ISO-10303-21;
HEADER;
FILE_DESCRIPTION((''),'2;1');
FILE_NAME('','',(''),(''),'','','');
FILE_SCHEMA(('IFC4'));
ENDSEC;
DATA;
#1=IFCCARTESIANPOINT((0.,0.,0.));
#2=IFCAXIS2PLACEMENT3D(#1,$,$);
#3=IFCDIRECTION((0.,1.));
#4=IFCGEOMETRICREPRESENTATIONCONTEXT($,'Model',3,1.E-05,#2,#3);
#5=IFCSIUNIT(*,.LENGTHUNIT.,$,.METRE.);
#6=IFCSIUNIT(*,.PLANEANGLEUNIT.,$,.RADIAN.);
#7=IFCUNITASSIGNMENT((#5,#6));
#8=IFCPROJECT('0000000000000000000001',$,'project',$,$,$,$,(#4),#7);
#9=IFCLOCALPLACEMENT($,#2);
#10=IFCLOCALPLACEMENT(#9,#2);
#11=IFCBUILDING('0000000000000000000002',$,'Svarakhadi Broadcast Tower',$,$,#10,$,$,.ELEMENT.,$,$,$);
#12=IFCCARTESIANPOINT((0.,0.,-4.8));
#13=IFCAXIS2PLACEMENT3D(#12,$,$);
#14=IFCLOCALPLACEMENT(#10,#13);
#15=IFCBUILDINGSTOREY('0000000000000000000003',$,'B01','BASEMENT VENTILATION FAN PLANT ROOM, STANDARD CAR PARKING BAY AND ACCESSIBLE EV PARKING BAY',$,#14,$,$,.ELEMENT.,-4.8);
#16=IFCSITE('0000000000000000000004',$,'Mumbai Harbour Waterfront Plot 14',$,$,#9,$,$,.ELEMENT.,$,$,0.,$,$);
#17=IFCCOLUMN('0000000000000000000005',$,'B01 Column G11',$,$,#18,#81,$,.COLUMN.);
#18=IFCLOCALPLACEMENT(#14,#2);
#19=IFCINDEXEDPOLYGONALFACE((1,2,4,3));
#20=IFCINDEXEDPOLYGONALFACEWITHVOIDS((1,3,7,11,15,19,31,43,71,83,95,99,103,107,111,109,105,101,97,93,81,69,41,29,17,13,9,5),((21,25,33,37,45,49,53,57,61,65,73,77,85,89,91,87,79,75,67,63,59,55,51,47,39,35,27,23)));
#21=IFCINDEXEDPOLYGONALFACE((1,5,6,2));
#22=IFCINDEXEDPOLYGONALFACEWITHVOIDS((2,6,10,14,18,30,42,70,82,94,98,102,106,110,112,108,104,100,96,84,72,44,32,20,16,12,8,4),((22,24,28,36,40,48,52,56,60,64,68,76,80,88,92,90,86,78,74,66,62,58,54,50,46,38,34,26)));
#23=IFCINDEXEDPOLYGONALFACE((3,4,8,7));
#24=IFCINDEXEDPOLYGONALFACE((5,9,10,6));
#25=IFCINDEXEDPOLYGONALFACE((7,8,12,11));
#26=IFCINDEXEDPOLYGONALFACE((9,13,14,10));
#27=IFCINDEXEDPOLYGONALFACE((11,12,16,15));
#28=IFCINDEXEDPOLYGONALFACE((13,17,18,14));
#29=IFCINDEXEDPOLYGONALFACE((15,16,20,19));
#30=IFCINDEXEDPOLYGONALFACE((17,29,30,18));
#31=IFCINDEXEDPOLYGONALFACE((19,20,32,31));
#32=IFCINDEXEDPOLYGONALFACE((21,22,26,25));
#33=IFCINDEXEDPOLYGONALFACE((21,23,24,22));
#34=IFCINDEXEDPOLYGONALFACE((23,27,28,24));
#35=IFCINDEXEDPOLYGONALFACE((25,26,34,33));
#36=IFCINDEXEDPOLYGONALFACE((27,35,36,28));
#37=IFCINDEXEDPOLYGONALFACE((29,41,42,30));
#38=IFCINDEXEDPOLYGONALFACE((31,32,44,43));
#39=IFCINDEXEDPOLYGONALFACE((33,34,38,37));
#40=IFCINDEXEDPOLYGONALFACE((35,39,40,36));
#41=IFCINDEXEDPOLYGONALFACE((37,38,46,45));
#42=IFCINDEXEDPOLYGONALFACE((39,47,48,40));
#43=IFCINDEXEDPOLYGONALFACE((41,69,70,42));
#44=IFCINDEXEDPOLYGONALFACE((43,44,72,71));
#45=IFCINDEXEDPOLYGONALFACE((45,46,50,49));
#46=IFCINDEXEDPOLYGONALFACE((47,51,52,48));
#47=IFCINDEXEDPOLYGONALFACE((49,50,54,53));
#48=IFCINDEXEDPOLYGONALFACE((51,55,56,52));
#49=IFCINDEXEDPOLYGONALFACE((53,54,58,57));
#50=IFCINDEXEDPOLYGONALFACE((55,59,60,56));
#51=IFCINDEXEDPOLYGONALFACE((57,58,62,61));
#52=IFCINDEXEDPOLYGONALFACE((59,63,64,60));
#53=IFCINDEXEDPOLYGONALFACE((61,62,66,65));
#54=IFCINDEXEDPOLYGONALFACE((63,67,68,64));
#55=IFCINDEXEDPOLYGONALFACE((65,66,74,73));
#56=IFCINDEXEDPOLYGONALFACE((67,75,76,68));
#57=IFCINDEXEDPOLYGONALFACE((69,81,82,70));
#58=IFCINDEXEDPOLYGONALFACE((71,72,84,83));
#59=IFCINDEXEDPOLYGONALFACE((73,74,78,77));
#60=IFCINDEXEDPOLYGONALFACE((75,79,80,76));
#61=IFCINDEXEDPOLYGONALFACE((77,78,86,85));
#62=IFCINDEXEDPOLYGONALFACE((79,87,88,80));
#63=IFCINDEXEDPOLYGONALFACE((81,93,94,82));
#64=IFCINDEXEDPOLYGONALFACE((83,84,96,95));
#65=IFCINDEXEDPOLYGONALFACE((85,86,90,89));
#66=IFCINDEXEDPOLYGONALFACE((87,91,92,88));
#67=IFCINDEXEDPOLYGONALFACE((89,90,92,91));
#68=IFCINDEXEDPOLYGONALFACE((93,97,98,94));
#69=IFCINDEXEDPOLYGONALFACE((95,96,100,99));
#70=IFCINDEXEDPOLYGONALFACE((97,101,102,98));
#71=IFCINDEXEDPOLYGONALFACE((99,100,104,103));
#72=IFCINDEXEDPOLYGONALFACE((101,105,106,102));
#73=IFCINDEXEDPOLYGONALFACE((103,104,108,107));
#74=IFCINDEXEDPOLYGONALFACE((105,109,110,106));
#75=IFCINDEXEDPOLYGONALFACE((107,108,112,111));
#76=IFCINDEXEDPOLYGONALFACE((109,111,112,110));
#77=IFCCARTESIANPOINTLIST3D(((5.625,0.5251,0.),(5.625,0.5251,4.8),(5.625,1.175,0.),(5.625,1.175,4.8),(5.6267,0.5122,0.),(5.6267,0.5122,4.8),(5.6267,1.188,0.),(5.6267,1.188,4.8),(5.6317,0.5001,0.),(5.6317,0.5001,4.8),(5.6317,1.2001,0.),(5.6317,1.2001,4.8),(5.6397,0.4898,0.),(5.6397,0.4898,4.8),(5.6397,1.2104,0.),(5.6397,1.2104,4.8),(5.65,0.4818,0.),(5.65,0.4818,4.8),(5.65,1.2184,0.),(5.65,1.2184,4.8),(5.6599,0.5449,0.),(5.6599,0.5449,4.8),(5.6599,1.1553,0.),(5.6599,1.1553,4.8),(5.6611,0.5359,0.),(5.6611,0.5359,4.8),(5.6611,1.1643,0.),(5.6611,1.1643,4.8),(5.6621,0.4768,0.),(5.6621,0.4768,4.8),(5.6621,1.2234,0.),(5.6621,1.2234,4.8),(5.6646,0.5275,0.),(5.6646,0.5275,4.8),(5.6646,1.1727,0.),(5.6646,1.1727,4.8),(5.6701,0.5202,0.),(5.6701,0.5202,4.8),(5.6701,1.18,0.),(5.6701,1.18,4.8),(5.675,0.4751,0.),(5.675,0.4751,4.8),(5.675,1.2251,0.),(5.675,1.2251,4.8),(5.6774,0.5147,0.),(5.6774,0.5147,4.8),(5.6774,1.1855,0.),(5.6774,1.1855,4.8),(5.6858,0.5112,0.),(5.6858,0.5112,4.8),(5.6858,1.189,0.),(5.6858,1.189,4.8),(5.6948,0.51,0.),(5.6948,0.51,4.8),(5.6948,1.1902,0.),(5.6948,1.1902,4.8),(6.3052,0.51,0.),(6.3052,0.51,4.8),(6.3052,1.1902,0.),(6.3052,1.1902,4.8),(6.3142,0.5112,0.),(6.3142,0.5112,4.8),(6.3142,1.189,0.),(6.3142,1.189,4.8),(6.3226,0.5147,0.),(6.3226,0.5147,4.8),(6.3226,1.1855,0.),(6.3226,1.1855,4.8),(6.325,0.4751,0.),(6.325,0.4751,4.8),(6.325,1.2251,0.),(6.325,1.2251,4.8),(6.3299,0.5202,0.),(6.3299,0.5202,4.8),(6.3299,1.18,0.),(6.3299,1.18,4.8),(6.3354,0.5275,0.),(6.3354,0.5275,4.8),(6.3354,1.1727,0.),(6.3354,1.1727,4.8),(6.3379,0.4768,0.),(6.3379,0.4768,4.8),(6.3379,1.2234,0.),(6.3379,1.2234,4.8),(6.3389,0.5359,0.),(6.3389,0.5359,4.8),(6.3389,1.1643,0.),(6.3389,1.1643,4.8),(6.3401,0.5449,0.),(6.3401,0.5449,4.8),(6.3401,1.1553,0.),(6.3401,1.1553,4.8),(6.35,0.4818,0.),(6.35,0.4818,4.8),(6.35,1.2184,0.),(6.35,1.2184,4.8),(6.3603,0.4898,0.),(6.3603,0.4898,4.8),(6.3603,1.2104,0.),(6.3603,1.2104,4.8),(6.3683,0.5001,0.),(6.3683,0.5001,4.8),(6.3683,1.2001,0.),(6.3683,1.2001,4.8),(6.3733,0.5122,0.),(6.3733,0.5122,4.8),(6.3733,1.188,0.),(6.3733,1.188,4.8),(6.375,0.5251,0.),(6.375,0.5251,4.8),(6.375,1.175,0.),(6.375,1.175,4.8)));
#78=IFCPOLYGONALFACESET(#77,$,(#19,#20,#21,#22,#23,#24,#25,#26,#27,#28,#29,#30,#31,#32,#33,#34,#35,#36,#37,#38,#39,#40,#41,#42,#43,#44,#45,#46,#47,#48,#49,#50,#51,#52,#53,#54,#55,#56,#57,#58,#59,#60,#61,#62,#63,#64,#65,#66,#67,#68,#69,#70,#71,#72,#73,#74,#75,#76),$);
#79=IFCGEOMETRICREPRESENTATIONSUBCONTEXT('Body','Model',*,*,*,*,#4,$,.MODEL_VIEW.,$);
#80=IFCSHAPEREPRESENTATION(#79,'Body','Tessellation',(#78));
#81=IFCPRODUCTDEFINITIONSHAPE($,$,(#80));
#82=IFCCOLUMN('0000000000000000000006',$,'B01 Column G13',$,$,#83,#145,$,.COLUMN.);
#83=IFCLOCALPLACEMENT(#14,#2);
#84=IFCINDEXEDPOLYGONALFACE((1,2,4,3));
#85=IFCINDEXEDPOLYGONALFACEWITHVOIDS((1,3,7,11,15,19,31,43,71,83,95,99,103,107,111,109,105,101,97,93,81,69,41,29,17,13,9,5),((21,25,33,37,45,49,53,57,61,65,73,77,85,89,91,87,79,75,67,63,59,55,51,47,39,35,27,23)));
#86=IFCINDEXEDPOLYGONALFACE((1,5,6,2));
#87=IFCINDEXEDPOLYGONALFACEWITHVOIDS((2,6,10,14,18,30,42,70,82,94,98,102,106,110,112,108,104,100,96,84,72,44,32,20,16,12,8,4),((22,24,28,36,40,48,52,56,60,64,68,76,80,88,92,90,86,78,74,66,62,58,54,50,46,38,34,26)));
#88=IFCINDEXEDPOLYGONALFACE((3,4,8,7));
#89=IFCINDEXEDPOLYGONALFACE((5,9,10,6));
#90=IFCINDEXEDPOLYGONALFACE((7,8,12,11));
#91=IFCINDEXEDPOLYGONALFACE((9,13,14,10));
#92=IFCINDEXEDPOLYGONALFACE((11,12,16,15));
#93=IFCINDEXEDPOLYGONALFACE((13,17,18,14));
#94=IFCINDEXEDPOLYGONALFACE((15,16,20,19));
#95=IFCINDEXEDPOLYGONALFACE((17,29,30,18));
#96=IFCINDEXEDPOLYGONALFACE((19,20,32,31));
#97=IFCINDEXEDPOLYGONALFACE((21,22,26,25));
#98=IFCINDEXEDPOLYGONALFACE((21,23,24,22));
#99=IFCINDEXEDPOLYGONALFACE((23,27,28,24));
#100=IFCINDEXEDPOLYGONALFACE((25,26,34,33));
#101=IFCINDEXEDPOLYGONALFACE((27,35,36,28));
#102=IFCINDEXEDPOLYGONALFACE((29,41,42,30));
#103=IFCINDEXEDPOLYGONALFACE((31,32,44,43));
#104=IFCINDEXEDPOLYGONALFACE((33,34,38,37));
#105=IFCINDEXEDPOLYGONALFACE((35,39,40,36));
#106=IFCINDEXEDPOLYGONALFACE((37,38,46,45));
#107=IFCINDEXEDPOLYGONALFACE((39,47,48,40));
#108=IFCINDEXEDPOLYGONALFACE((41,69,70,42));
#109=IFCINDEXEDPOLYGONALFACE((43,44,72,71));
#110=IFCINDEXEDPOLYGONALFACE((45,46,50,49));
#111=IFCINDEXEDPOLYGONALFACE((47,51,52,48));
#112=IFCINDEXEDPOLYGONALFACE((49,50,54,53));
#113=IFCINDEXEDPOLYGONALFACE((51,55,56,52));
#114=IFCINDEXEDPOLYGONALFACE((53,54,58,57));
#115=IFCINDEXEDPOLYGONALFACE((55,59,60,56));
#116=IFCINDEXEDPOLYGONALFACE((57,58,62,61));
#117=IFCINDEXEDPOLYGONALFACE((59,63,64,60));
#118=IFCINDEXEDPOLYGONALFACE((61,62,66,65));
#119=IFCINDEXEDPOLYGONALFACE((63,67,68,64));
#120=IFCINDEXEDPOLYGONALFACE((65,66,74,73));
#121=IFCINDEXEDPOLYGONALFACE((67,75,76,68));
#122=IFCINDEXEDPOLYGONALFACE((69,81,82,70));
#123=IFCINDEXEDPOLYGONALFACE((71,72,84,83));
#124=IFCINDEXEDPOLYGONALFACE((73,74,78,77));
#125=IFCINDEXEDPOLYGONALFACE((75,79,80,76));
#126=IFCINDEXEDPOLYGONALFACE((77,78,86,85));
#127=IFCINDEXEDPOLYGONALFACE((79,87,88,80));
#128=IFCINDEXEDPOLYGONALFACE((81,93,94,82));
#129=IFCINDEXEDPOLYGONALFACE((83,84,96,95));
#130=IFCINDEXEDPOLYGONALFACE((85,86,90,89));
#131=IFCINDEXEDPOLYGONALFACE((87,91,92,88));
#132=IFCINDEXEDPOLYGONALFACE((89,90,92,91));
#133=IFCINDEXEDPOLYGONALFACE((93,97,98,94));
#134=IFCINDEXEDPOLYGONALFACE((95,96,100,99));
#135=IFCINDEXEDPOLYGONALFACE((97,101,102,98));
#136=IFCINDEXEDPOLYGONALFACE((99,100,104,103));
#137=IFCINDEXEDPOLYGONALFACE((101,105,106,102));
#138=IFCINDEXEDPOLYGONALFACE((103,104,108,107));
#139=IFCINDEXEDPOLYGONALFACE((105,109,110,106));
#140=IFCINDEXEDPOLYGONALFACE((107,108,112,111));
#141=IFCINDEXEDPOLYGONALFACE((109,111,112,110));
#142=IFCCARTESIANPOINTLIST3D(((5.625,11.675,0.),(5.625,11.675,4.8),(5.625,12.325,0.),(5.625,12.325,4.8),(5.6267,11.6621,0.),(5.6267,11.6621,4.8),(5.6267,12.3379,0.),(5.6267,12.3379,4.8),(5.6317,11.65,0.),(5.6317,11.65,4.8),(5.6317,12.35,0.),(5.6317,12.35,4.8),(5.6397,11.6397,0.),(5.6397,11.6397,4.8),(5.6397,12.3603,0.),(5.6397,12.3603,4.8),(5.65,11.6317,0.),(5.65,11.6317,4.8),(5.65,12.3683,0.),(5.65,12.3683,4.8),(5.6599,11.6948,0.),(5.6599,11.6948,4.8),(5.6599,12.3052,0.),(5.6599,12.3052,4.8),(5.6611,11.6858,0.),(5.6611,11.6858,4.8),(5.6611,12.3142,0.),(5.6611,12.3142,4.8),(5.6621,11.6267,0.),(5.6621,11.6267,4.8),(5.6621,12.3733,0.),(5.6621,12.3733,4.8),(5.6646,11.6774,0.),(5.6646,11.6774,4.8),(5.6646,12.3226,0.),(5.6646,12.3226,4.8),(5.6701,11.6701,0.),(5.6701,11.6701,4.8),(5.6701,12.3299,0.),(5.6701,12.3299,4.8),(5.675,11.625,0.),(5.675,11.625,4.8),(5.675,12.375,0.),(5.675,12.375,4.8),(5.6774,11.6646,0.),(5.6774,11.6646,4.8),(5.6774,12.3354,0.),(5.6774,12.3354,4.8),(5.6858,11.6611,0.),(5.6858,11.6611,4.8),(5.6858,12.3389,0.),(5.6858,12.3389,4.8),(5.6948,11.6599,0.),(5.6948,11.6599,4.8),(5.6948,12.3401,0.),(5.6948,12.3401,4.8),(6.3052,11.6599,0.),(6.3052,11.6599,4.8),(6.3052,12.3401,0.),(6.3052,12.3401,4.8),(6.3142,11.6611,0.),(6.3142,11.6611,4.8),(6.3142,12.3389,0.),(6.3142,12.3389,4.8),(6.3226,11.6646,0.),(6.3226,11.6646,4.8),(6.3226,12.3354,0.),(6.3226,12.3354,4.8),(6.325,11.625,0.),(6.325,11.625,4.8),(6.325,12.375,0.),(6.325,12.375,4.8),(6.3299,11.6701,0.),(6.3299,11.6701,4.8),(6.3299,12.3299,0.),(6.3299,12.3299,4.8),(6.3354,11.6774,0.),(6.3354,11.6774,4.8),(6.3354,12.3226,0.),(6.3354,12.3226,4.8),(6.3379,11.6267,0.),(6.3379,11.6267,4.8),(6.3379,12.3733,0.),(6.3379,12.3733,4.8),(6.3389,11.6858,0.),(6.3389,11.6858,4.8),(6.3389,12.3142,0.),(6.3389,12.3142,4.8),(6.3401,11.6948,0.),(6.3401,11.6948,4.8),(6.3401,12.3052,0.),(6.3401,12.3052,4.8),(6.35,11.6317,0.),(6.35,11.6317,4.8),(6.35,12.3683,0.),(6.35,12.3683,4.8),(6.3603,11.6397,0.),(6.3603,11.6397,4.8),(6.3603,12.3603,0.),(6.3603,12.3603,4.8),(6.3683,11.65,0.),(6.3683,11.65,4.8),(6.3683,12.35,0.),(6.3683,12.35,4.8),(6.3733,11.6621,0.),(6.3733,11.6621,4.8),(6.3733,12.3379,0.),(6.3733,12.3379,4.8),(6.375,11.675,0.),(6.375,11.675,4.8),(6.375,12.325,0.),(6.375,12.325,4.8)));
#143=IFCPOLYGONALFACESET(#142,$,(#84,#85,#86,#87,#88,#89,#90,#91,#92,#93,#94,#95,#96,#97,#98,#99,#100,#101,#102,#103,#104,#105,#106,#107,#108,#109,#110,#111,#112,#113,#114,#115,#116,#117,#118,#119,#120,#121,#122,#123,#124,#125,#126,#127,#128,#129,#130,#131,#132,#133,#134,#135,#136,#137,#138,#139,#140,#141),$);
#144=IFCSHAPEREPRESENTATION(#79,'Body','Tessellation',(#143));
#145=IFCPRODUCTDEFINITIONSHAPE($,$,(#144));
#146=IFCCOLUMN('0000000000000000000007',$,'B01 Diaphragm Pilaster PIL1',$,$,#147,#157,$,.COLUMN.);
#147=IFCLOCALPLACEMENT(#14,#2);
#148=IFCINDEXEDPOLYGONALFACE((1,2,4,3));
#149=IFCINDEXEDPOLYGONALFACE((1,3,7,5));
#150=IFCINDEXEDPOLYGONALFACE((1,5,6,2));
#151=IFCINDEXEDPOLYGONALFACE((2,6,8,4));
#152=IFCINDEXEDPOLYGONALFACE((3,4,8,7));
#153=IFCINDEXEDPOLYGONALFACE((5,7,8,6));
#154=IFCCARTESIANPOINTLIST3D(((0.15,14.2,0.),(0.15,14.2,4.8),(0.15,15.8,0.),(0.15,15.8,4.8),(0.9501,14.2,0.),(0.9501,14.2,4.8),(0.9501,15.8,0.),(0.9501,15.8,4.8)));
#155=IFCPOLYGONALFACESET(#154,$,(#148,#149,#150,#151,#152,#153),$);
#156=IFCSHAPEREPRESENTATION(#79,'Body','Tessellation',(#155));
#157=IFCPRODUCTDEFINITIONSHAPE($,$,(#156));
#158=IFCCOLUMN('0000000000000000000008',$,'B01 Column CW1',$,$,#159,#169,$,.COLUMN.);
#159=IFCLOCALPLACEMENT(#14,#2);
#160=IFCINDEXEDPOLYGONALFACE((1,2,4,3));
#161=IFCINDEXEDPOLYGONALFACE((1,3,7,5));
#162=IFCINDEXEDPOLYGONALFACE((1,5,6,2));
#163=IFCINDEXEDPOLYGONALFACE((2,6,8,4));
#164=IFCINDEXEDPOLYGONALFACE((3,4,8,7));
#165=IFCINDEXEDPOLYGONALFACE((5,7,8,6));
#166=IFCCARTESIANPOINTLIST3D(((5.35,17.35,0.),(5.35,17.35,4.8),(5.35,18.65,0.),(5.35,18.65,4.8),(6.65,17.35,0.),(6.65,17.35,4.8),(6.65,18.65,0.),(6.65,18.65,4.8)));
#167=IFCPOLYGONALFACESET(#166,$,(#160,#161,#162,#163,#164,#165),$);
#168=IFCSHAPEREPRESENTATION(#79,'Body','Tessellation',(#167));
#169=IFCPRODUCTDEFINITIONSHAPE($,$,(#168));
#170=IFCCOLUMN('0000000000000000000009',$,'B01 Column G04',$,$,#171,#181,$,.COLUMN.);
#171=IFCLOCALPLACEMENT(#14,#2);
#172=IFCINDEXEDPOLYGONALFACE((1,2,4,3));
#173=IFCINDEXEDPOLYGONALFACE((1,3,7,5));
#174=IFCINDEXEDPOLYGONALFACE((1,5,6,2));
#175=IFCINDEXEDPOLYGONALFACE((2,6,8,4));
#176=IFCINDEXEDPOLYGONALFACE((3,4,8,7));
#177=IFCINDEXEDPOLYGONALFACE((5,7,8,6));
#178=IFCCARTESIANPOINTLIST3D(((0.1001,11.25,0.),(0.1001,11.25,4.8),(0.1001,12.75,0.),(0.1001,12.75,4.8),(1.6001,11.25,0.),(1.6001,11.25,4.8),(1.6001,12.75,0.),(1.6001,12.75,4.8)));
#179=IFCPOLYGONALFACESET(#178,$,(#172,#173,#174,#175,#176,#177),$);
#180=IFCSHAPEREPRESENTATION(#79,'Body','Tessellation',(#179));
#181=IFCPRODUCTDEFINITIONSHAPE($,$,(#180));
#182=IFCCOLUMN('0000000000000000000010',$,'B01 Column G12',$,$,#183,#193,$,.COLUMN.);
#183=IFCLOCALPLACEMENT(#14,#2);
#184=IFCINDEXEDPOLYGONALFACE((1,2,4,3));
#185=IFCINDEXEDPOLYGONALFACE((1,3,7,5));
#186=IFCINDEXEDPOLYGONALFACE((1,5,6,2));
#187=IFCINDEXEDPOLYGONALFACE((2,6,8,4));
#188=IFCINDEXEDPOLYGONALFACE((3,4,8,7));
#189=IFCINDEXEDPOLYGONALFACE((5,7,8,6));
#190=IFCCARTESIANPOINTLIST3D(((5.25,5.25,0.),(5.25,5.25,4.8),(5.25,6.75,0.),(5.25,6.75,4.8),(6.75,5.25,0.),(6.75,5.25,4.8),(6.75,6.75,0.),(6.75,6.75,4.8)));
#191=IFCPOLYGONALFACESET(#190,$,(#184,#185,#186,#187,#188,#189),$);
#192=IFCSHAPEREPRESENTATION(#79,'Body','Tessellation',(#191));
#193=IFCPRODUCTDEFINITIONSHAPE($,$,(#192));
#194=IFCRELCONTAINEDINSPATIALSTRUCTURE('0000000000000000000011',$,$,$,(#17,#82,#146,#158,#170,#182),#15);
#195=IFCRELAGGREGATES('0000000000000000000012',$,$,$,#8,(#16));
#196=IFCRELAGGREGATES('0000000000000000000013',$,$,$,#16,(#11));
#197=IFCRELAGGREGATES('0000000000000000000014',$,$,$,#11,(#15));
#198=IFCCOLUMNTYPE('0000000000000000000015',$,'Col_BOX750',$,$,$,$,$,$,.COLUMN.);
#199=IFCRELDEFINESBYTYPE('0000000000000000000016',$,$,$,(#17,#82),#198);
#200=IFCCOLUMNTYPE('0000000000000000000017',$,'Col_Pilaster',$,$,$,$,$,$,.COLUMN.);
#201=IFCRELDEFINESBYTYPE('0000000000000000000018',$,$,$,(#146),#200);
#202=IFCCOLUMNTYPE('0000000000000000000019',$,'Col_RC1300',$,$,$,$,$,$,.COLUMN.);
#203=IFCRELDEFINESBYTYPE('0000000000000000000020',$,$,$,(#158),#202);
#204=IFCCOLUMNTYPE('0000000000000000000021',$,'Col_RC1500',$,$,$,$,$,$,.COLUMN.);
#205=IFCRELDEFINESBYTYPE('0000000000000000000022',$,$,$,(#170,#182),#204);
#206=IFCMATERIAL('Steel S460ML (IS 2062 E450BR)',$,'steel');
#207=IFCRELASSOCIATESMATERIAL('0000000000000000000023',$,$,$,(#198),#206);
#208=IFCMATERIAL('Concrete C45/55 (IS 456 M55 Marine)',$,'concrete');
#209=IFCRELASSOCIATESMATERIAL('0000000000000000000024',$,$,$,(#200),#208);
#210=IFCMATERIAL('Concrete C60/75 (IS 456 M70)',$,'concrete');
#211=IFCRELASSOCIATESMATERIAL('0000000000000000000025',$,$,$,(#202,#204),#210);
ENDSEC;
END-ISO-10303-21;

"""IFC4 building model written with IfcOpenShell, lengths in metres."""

from ifc_helpers import new_model, si_unit, direction, frame, origin, origin_2d, place, context, subcontext, project, spatial, rectangle, hollow_rectangle, extrude, material, material_profile, profile_set, type_object, element, save


model = new_model("IFC4")

# Units and contexts
model_context = context("Model", 3, precision=1e-05, world=origin(), true_north=direction((0.0, 1.0)))
body_context = subcontext(model_context, "Body", "Model", "MODEL_VIEW")
ifc_project = project(units=[si_unit("LENGTHUNIT", "METRE"), si_unit("PLANEANGLEUNIT", "RADIAN")], contexts=[model_context])

# Site, building, storey
site_placement = place(None, origin())
site = spatial("IfcSite", under=ifc_project, at=site_placement, Name="Mumbai Harbour Waterfront Plot 14", CompositionType="ELEMENT", RefElevation=0.0)
building_placement = place(site_placement, origin())
building = spatial("IfcBuilding", under=site, at=building_placement, Name="Svarakhadi Broadcast Tower", CompositionType="ELEMENT")
storey_placement = place(building_placement, frame((0.0, 0.0, -4.8)))
storey = spatial("IfcBuildingStorey", under=building, at=storey_placement, Name="B01", Description="BASEMENT VENTILATION FAN PLANT ROOM, STANDARD CAR PARKING BAY AND ACCESSIBLE EV PARKING BAY", CompositionType="ELEMENT", Elevation=-4.8)

# Columns
ifc_material_1 = material(Name="Steel S460ML (IS 2062 E450BR)", Category="steel")
ifc_material_profile_1 = material_profile(ifc_material_1, hollow_rectangle(XDim=0.75, YDim=0.75, WallThickness=0.0349, InnerFilletRadius=0.0349, OuterFilletRadius=0.05, at=origin_2d()), Name="BOX 750x750x35")
ifc_profile_set_1 = profile_set([ifc_material_profile_1], Name="Steel S460ML (IS 2062 E450BR)")
column_type_1 = type_object("IfcColumnType", Name="Col_BOX750", PredefinedType="COLUMN", material=ifc_profile_set_1)
for number, where, z_axis, x_axis, name in (
    (1, (6.0, 0.8501, 0.0), (0.0, 0.0, 1.0), (1.0, 0.0, 0.0), "B01 Column G11"),
    (2, (6.0, 12.0, 0.0), (0.0, 0.0, 1.0), (1.0, 0.0, 0.0), "B01 Column G13"),
):
    element("IfcColumn", number, at=place(storey_placement, frame(where, z_axis=z_axis, x_axis=x_axis)), inside=storey, type_object=column_type_1, Name=name, PredefinedType="COLUMN", context=body_context, shape_type="SweptSolid", body=[
        extrude(hollow_rectangle(XDim=0.75, YDim=0.75, WallThickness=0.0349, InnerFilletRadius=0.0349, OuterFilletRadius=0.05, at=origin_2d()), origin(), (0.0, 0.0, 1.0), 4.8),
    ])
ifc_material_2 = material(Name="Concrete C45/55 (IS 456 M55 Marine)", Category="concrete")
ifc_material_profile_2 = material_profile(ifc_material_2, rectangle(XDim=0.8, YDim=1.6001, at=origin_2d()), Name="RC 800x1600")
ifc_profile_set_2 = profile_set([ifc_material_profile_2], Name="Concrete C45/55 (IS 456 M55 Marine)")
column_type_2 = type_object("IfcColumnType", Name="Col_Pilaster", PredefinedType="COLUMN", material=ifc_profile_set_2)
column_1_placement = place(storey_placement, frame((0.55, 15.0, 0.0), z_axis=(0.0, 0.0, 1.0), x_axis=(1.0, 0.0, 0.0)))
element("IfcColumn", 3, at=column_1_placement, inside=storey, type_object=column_type_2, Name="B01 Diaphragm Pilaster PIL1", PredefinedType="COLUMN", context=body_context, shape_type="SweptSolid", body=[
    extrude(rectangle(XDim=0.8, YDim=1.6001, at=origin_2d()), origin(), (0.0, 0.0, 1.0), 4.8),
])
ifc_material_3 = material(Name="Concrete C60/75 (IS 456 M70)", Category="concrete")
ifc_material_profile_3 = material_profile(ifc_material_3, rectangle(XDim=1.3, YDim=1.3, at=origin_2d()), Name="RC 1300x1300")
ifc_profile_set_3 = profile_set([ifc_material_profile_3], Name="Concrete C60/75 (IS 456 M70)")
column_type_3 = type_object("IfcColumnType", Name="Col_RC1300", PredefinedType="COLUMN", material=ifc_profile_set_3)
column_2_placement = place(storey_placement, frame((6.0, 18.0, 0.0), z_axis=(0.0, 0.0, 1.0), x_axis=(1.0, 0.0, 0.0)))
element("IfcColumn", 4, at=column_2_placement, inside=storey, type_object=column_type_3, Name="B01 Column CW1", PredefinedType="COLUMN", context=body_context, shape_type="SweptSolid", body=[
    extrude(rectangle(XDim=1.3, YDim=1.3, at=origin_2d()), origin(), (0.0, 0.0, 1.0), 4.8),
])
ifc_material_profile_4 = material_profile(ifc_material_3, rectangle(XDim=1.5, YDim=1.5, at=origin_2d()), Name="RC 1500x1500")
ifc_profile_set_4 = profile_set([ifc_material_profile_4], Name="Concrete C60/75 (IS 456 M70)")
column_type_4 = type_object("IfcColumnType", Name="Col_RC1500", PredefinedType="COLUMN", material=ifc_profile_set_4)
for number, where, z_axis, x_axis, name in (
    (5, (0.8501, 12.0, 0.0), (0.0, 0.0, 1.0), (1.0, 0.0, 0.0), "B01 Column G04"),
    (6, (6.0, 6.0, 0.0), (0.0, 0.0, 1.0), (1.0, 0.0, 0.0), "B01 Column G12"),
):
    element("IfcColumn", number, at=place(storey_placement, frame(where, z_axis=z_axis, x_axis=x_axis)), inside=storey, type_object=column_type_4, Name=name, PredefinedType="COLUMN", context=body_context, shape_type="SweptSolid", body=[
        extrude(rectangle(XDim=1.5, YDim=1.5, at=origin_2d()), origin(), (0.0, 0.0, 1.0), 4.8),
    ])

save(model, "model.ifc")
